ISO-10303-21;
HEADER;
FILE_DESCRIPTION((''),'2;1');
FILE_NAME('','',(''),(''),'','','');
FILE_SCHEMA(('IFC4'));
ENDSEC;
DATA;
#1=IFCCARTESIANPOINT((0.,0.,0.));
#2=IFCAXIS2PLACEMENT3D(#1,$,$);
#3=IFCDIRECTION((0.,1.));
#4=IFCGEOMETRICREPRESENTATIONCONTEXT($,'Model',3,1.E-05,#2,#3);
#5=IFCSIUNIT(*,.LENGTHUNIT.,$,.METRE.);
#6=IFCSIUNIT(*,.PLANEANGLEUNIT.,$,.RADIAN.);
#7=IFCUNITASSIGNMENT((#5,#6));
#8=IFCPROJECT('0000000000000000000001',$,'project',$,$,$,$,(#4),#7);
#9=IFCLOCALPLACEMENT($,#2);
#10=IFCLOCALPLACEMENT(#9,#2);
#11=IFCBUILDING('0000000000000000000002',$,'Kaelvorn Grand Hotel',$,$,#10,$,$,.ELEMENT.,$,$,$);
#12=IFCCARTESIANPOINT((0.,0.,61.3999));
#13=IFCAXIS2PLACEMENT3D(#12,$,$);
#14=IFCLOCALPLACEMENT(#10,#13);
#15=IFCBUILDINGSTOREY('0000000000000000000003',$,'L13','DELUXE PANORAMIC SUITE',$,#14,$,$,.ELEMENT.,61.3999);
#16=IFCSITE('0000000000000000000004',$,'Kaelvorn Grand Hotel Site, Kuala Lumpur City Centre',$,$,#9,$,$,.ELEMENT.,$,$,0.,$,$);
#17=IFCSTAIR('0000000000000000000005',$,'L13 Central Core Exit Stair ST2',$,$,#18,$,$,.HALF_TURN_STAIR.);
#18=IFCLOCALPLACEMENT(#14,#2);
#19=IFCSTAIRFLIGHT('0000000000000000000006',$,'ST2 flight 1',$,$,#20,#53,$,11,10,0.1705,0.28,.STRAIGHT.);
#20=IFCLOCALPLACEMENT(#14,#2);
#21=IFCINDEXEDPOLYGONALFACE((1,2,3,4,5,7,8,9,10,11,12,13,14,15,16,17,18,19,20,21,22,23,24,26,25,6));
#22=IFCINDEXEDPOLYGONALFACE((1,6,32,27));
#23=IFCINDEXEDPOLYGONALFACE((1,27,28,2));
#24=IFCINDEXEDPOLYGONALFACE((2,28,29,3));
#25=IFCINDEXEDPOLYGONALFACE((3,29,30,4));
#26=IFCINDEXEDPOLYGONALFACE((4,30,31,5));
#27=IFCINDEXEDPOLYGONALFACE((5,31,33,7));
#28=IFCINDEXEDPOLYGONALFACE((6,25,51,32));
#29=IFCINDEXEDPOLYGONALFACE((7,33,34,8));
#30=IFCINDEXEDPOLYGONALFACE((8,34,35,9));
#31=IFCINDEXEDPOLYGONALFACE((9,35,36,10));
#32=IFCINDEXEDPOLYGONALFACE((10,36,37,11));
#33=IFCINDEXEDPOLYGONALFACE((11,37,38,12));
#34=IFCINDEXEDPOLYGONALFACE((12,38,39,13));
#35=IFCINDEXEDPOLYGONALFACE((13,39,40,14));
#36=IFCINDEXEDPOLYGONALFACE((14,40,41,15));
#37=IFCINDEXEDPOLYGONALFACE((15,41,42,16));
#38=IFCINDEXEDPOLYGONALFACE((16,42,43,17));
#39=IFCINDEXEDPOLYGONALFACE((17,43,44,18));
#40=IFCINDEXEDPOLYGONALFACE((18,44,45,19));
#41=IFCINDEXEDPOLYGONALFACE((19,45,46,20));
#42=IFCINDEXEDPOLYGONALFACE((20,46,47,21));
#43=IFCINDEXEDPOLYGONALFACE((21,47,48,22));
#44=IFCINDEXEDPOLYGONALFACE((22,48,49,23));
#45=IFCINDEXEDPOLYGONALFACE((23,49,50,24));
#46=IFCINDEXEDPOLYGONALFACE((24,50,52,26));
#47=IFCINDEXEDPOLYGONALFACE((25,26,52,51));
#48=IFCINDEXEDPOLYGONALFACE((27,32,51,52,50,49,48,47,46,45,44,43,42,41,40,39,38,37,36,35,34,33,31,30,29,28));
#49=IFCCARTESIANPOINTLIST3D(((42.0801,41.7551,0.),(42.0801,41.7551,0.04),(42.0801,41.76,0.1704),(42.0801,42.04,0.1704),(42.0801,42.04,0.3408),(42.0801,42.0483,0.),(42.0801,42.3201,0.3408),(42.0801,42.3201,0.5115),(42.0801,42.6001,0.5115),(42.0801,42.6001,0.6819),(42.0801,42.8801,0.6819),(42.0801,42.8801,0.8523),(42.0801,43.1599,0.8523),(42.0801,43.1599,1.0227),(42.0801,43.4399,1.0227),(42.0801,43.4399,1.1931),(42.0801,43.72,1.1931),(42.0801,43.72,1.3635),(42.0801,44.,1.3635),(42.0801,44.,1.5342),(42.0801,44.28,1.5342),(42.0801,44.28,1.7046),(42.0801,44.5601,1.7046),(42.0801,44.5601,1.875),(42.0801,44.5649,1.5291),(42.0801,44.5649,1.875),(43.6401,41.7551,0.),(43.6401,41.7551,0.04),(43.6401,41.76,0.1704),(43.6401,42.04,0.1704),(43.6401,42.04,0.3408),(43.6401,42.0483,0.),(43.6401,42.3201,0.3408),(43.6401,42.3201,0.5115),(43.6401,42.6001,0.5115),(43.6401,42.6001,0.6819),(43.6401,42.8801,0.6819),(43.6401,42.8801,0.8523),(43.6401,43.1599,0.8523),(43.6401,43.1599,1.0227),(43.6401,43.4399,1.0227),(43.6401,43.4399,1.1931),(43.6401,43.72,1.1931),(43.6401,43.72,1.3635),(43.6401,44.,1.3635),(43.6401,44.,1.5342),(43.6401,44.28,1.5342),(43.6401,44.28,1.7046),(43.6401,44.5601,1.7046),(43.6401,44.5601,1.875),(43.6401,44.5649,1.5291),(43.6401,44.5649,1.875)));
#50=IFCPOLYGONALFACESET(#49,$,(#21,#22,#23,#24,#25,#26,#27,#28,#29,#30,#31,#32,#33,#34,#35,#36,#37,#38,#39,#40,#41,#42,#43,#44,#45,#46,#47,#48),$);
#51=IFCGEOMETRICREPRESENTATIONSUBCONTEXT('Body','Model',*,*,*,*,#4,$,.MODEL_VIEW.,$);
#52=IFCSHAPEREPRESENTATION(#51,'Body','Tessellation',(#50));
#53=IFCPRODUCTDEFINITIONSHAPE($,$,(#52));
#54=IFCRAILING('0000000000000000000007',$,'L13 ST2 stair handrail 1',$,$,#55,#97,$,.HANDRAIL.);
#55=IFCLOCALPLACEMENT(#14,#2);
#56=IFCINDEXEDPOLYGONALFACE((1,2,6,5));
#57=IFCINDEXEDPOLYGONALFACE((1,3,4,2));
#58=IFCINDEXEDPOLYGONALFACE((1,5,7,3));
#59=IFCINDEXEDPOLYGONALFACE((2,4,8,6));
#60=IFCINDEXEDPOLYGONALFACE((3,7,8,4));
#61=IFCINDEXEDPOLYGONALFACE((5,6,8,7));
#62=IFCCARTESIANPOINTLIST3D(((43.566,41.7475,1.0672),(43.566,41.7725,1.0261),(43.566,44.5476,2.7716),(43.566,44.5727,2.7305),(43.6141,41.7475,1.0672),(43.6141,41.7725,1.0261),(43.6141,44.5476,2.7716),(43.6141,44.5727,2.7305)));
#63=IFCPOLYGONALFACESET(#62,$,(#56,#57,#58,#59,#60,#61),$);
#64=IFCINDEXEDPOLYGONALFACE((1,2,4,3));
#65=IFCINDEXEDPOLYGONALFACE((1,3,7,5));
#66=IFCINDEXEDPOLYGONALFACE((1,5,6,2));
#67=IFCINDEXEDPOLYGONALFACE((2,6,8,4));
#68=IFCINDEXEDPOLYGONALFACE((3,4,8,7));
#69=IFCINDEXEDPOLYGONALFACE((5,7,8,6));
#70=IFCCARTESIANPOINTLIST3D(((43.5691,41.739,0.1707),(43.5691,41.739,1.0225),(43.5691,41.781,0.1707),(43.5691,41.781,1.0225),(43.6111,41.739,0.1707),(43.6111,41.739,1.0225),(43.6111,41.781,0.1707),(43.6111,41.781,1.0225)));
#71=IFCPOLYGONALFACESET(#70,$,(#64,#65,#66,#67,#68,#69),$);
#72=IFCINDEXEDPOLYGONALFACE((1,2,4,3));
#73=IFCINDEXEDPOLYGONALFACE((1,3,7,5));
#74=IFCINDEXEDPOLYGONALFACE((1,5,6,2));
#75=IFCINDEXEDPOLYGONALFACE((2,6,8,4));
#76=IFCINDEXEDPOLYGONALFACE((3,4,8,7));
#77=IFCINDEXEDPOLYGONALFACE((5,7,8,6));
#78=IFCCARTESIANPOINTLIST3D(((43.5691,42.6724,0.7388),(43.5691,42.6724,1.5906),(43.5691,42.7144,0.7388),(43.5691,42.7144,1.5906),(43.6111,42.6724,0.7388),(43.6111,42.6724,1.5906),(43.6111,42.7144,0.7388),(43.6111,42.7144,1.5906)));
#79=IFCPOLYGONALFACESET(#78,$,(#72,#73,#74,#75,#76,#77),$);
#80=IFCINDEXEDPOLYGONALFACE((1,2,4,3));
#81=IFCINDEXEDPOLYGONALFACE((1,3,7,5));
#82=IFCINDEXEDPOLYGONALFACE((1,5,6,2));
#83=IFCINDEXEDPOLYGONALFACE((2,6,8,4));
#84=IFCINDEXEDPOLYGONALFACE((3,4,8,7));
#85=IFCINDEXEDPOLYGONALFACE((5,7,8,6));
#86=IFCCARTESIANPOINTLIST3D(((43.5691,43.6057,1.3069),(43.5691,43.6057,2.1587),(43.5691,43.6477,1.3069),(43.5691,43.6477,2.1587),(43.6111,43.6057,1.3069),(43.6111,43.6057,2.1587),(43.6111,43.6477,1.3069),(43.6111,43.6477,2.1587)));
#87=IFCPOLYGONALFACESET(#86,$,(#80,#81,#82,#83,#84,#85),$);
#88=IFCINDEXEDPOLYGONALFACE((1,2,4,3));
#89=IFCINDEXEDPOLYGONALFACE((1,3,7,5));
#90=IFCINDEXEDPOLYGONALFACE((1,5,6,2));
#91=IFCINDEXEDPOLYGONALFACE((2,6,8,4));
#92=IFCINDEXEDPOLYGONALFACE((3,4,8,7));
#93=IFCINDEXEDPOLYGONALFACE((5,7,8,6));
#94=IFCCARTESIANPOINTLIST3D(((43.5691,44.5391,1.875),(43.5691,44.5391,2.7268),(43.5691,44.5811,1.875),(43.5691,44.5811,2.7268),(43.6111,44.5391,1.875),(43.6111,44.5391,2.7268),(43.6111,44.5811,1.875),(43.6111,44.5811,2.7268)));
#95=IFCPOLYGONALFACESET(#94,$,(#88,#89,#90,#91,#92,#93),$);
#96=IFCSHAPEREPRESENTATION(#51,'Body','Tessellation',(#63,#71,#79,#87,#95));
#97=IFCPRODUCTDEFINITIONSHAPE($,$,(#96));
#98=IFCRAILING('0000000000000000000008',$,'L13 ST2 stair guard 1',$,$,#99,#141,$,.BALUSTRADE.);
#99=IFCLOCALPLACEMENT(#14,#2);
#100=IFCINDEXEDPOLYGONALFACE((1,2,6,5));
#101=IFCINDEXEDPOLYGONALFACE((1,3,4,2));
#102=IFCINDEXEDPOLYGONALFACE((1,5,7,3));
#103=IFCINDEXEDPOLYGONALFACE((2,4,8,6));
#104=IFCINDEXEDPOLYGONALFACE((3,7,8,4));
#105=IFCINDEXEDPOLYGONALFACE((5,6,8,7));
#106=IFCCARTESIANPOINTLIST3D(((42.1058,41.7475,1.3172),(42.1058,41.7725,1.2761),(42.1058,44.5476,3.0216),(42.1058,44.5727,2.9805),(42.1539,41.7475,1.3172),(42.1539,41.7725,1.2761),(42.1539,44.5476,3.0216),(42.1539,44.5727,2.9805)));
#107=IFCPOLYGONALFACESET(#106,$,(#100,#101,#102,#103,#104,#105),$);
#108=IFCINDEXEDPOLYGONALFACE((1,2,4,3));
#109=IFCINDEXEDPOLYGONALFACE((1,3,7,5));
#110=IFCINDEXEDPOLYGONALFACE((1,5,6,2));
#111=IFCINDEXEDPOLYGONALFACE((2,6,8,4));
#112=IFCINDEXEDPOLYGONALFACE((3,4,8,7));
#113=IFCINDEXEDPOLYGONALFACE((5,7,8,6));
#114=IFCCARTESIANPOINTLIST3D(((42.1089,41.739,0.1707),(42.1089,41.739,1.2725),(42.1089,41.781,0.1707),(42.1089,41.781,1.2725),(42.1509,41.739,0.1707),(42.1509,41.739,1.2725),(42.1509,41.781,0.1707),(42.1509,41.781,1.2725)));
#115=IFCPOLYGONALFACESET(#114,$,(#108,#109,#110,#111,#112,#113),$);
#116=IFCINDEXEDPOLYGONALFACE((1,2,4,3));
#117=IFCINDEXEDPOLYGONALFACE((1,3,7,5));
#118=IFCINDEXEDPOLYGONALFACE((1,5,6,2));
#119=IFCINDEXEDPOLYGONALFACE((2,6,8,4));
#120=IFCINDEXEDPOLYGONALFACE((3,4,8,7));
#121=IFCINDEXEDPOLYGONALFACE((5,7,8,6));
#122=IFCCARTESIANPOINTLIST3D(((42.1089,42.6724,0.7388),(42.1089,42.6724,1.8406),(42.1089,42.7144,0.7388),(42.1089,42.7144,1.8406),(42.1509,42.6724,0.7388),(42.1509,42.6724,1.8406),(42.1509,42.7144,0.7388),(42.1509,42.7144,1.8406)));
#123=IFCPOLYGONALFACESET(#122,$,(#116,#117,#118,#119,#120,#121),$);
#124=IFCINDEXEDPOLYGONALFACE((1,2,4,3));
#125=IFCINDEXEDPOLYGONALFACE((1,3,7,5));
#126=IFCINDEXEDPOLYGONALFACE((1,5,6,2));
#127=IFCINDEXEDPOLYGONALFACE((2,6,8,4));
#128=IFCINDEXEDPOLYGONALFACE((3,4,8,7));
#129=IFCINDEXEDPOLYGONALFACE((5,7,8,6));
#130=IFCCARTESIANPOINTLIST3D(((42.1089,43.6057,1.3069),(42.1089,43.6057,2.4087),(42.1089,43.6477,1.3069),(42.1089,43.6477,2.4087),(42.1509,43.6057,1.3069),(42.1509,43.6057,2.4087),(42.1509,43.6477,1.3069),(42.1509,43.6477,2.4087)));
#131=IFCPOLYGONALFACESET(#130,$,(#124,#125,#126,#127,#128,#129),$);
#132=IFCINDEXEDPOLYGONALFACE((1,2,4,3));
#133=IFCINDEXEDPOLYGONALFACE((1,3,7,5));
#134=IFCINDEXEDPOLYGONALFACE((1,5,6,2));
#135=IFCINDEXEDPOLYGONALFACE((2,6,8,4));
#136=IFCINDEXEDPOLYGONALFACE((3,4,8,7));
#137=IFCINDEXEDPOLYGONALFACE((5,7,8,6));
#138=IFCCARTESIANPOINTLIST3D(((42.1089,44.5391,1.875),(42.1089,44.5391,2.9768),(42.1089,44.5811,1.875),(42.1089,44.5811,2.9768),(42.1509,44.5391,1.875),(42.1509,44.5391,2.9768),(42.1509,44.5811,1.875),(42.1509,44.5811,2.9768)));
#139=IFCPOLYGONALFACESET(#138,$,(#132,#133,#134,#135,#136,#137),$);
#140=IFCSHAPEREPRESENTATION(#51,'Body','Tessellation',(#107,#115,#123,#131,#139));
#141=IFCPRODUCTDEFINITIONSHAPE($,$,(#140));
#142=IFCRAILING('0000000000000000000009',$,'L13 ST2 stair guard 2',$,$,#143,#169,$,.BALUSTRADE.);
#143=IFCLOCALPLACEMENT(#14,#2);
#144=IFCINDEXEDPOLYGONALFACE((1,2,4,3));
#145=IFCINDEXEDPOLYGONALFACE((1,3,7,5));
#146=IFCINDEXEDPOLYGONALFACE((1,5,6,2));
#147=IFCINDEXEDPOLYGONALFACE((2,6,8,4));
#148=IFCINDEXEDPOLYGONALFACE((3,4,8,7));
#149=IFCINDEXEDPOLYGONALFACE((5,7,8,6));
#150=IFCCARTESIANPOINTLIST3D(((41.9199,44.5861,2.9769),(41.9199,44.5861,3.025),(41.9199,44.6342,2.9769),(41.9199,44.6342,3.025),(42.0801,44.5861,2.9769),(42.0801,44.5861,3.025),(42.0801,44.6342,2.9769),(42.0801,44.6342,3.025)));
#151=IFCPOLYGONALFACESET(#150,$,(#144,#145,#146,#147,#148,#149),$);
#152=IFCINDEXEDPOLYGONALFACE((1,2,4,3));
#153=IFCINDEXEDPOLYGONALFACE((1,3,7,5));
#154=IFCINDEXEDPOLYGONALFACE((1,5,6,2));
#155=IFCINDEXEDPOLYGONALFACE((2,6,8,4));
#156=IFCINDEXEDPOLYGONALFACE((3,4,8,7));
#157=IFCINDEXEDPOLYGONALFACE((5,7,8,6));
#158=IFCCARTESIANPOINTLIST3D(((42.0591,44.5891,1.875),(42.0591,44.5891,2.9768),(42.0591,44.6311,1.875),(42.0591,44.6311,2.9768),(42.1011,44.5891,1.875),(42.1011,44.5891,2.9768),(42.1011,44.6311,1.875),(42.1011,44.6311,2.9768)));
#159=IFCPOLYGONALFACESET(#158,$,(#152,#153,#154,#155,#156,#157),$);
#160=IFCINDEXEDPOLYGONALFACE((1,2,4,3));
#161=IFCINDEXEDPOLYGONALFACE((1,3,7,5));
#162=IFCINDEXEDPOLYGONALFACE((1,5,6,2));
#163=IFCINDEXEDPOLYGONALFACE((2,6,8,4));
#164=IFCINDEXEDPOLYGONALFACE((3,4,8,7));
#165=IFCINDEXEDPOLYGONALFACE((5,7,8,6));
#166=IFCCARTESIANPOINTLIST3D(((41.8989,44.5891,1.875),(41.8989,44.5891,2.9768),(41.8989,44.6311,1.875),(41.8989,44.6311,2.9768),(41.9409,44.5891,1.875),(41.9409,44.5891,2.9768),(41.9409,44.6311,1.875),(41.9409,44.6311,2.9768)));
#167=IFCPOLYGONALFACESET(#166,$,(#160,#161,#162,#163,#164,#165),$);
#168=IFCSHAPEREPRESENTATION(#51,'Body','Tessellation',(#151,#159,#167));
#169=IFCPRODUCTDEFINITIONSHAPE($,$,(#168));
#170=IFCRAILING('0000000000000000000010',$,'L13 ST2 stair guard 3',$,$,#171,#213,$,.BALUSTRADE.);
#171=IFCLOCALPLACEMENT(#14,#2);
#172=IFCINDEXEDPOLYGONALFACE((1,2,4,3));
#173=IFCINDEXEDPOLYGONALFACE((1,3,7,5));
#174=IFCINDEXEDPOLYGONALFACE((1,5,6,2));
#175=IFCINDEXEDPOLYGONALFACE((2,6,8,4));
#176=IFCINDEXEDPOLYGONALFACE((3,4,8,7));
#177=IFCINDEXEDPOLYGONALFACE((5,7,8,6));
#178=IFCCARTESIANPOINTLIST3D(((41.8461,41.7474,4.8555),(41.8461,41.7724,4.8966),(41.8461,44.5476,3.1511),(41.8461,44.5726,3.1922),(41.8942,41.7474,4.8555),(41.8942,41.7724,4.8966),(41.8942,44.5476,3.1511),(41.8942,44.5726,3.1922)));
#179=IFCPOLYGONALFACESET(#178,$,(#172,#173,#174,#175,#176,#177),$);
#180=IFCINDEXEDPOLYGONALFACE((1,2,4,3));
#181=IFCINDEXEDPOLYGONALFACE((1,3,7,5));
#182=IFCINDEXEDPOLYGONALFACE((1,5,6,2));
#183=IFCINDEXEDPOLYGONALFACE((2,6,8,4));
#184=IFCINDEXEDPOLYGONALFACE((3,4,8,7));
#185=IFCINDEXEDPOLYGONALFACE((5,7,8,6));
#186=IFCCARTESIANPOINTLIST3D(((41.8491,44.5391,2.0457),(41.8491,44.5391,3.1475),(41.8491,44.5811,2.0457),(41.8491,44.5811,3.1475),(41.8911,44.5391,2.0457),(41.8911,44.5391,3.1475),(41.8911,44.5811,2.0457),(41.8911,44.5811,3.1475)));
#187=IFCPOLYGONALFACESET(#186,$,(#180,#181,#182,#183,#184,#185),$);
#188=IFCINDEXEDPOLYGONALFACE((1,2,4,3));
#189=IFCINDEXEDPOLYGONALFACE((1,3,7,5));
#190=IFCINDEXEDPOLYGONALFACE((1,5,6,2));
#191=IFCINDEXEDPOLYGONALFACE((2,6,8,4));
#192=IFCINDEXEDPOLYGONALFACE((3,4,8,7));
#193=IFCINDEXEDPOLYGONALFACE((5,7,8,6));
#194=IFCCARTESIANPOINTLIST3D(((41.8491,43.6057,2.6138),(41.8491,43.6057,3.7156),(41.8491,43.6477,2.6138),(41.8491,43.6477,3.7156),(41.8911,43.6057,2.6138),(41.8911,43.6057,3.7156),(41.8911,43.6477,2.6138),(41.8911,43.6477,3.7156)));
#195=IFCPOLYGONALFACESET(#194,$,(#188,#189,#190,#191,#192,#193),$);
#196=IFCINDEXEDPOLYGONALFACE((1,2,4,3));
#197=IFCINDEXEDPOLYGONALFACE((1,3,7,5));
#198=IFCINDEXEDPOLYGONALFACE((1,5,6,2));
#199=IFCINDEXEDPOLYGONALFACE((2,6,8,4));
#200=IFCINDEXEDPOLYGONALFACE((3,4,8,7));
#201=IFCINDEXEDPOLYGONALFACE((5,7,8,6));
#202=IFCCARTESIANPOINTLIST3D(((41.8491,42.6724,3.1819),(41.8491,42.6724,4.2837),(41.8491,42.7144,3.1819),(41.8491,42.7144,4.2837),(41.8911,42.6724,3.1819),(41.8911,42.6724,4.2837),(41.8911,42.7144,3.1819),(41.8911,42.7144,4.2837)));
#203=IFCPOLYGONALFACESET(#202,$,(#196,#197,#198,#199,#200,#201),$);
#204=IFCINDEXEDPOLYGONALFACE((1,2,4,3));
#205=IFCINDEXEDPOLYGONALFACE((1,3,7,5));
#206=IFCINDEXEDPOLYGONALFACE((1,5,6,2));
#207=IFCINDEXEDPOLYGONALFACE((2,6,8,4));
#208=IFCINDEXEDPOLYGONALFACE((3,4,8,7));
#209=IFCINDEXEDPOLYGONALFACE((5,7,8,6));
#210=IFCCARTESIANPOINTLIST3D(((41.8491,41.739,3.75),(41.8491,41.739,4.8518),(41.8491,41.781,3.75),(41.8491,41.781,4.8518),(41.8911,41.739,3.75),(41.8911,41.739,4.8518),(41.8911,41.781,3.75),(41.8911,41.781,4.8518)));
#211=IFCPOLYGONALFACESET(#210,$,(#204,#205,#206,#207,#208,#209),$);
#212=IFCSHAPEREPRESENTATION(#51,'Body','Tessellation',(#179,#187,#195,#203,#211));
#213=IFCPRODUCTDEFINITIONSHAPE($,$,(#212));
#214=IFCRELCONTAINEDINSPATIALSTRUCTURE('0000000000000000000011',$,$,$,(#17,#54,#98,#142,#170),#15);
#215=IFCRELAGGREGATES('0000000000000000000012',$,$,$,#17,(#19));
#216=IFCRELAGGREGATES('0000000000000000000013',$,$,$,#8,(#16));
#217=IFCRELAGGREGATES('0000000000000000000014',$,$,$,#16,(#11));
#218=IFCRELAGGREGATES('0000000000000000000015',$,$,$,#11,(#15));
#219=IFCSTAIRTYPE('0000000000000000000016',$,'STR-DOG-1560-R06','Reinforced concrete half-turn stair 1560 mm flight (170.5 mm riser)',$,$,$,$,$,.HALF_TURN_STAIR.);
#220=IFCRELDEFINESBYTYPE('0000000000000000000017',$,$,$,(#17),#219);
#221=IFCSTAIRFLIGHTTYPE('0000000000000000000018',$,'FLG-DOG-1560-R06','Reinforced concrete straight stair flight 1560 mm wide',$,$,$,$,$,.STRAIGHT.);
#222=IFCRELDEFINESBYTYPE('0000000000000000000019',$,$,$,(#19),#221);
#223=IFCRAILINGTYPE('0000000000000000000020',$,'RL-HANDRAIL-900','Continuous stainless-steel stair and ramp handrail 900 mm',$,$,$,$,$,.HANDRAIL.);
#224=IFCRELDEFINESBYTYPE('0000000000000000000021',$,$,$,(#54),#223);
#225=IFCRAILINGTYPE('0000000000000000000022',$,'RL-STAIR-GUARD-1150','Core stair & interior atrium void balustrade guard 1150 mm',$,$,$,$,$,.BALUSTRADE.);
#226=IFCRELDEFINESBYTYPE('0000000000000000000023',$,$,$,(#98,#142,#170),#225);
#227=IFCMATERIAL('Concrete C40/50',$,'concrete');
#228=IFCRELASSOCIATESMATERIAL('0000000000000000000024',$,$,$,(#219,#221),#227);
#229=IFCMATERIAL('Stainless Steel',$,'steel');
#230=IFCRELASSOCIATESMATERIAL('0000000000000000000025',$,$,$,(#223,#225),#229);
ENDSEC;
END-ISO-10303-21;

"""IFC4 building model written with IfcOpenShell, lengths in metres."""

from ifc_helpers import new_model, si_unit, direction, frame, origin, origin_2d, place, context, subcontext, project, spatial, polyline, rectangle, outline, extrude, material, type_object, element, aggregate, save


model = new_model("IFC4")

# Units and contexts
model_context = context("Model", 3, precision=1e-05, world=origin(), true_north=direction((0.0, 1.0)))
body_context = subcontext(model_context, "Body", "Model", "MODEL_VIEW")
ifc_project = project(units=[si_unit("LENGTHUNIT", "METRE"), si_unit("PLANEANGLEUNIT", "RADIAN")], contexts=[model_context])

# Site, building, storey
site_placement = place(None, origin())
site = spatial("IfcSite", under=ifc_project, at=site_placement, Name="Kaelvorn Grand Hotel Site, Kuala Lumpur City Centre", CompositionType="ELEMENT", RefElevation=0.0)
building_placement = place(site_placement, origin())
building = spatial("IfcBuilding", under=site, at=building_placement, Name="Kaelvorn Grand Hotel", CompositionType="ELEMENT")
storey_placement = place(building_placement, frame((0.0, 0.0, 61.3999)))
storey = spatial("IfcBuildingStorey", under=building, at=storey_placement, Name="L13", Description="DELUXE PANORAMIC SUITE", CompositionType="ELEMENT", Elevation=61.3999)

# Shared definitions
ifc_material_1 = material(Name="Concrete C40/50", Category="concrete")

# Shared definitions
ifc_material_2 = material(Name="Stainless Steel", Category="steel")

# Stair, stair flight
stair_type = type_object("IfcStairType", Name="STR-DOG-1560-R06", Description="Reinforced concrete half-turn stair 1560 mm flight (170.5 mm riser)", PredefinedType="HALF_TURN_STAIR", material=ifc_material_1)
stair_placement = place(storey_placement, origin())
stair = element("IfcStair", 1, at=stair_placement, inside=storey, type_object=stair_type, Name="L13 Central Core Exit Stair ST2", PredefinedType="HALF_TURN_STAIR")
stair_flight_type = type_object("IfcStairFlightType", Name="FLG-DOG-1560-R06", Description="Reinforced concrete straight stair flight 1560 mm wide", PredefinedType="STRAIGHT", material=ifc_material_1)
stair_flight_placement = place(storey_placement, frame((42.8601, 41.76, 0.0), z_axis=(0.0, 0.0, 1.0), x_axis=(0.0, 1.0, 0.0)))
stair_flight = element("IfcStairFlight", 2, at=stair_flight_placement, type_object=stair_flight_type, Name="ST2 flight 1", NumberOfRisers=11, NumberOfTreads=10, PredefinedType="STRAIGHT", RiserHeight=0.1705, TreadLength=0.28, context=body_context, shape_type="SweptSolid", body=[
    extrude(outline(polyline([(-0.0049, 0.0), (-0.0049, 0.04), (0.0, 0.1704), (0.28, 0.1704), (0.28, 0.3408), (0.5601, 0.3408), (0.5601, 0.5115), (0.8401, 0.5115), (0.8401, 0.6819), (1.1201, 0.6819), (1.1201, 0.8523), (1.3999, 0.8523), (1.3999, 1.0227), (1.6799, 1.0227), (1.6799, 1.1931), (1.96, 1.1931), (1.96, 1.3635), (2.24, 1.3635), (2.24, 1.5342), (2.52, 1.5342), (2.52, 1.7046), (2.8, 1.7046), (2.8, 1.875), (2.8049, 1.875), (2.8049, 1.5291), (0.2883, 0.0), (-0.0049, 0.0)])), frame((0.0, 0.78, 0.0), z_axis=(0.0, -1.0, 0.0), x_axis=(1.0, 0.0, 0.0)), (0.0, 0.0, 1.0), 1.5601),
])
aggregate(stair, [stair_flight])

# Railings
railing_type_1 = type_object("IfcRailingType", Name="RL-HANDRAIL-900", Description="Continuous stainless-steel stair and ramp handrail 900 mm", PredefinedType="HANDRAIL", material=ifc_material_2)
railing_1_placement = place(storey_placement, frame((43.5901, 41.76, 0.1707)))
element("IfcRailing", 3, at=railing_1_placement, inside=storey, type_object=railing_type_1, Name="L13 ST2 stair handrail 1", PredefinedType="HANDRAIL", context=body_context, shape_type="SweptSolid", body=[
    extrude(rectangle(XDim=0.0481, YDim=0.0481, at=origin_2d()), frame((0.0, 0.0, 0.876), z_axis=(0.0, 0.854203, 0.51994), x_axis=(-1.0, 0.0, 0.0)), (0.0, 0.0, 1.0), 3.2781),
    extrude(rectangle(XDim=0.042, YDim=0.042, at=origin_2d()), origin(), (0.0, 0.0, 1.0), 0.8518),
    extrude(rectangle(XDim=0.042, YDim=0.042, at=origin_2d()), frame((0.0, 0.9333, 0.5681)), (0.0, 0.0, 1.0), 0.8518),
    extrude(rectangle(XDim=0.042, YDim=0.042, at=origin_2d()), frame((0.0, 1.8667, 1.1362)), (0.0, 0.0, 1.0), 0.8518),
    extrude(rectangle(XDim=0.042, YDim=0.042, at=origin_2d()), frame((0.0, 2.8, 1.7043)), (0.0, 0.0, 1.0), 0.8518),
])
railing_type_2 = type_object("IfcRailingType", Name="RL-STAIR-GUARD-1150", Description="Core stair & interior atrium void balustrade guard 1150 mm", PredefinedType="BALUSTRADE", material=ifc_material_2)
railing_2_placement = place(storey_placement, frame((42.1299, 41.76, 0.1707)))
element("IfcRailing", 4, at=railing_2_placement, inside=storey, type_object=railing_type_2, Name="L13 ST2 stair guard 1", PredefinedType="BALUSTRADE", context=body_context, shape_type="SweptSolid", body=[
    extrude(rectangle(XDim=0.0481, YDim=0.0481, at=origin_2d()), frame((0.0, 0.0, 1.126), z_axis=(0.0, 0.854203, 0.51994), x_axis=(-1.0, 0.0, 0.0)), (0.0, 0.0, 1.0), 3.2781),
    extrude(rectangle(XDim=0.042, YDim=0.042, at=origin_2d()), origin(), (0.0, 0.0, 1.0), 1.1018),
    extrude(rectangle(XDim=0.042, YDim=0.042, at=origin_2d()), frame((0.0, 0.9333, 0.5681)), (0.0, 0.0, 1.0), 1.1018),
    extrude(rectangle(XDim=0.042, YDim=0.042, at=origin_2d()), frame((0.0, 1.8667, 1.1362)), (0.0, 0.0, 1.0), 1.1018),
    extrude(rectangle(XDim=0.042, YDim=0.042, at=origin_2d()), frame((0.0, 2.8, 1.7043)), (0.0, 0.0, 1.0), 1.1018),
])
railing_3_placement = place(storey_placement, frame((42.0801, 44.6101, 1.875)))
element("IfcRailing", 5, at=railing_3_placement, inside=storey, type_object=railing_type_2, Name="L13 ST2 stair guard 2", PredefinedType="BALUSTRADE", context=body_context, shape_type="SweptSolid", body=[
    extrude(rectangle(XDim=0.0481, YDim=0.0481, at=origin_2d()), frame((0.0, 0.0, 1.126), z_axis=(-1.0, 0.0, 0.0), x_axis=(0.0, -1.0, 0.0)), (0.0, 0.0, 1.0), 0.1602),
    extrude(rectangle(XDim=0.042, YDim=0.042, at=origin_2d()), origin(), (0.0, 0.0, 1.0), 1.1018),
    extrude(rectangle(XDim=0.042, YDim=0.042, at=origin_2d()), frame((-0.1602, 0.0, 0.0)), (0.0, 0.0, 1.0), 1.1018),
])
railing_4_placement = place(storey_placement, frame((41.8701, 44.5601, 2.0457)))
element("IfcRailing", 6, at=railing_4_placement, inside=storey, type_object=railing_type_2, Name="L13 ST2 stair guard 3", PredefinedType="BALUSTRADE", context=body_context, shape_type="SweptSolid", body=[
    extrude(rectangle(XDim=0.0481, YDim=0.0481, at=origin_2d()), frame((0.0, 0.0, 1.126), z_axis=(0.0, -0.854203, 0.51994), x_axis=(1.0, 0.0, 0.0)), (0.0, 0.0, 1.0), 3.2781),
    extrude(rectangle(XDim=0.042, YDim=0.042, at=origin_2d()), origin(), (0.0, 0.0, 1.0), 1.1018),
    extrude(rectangle(XDim=0.042, YDim=0.042, at=origin_2d()), frame((0.0, -0.9333, 0.5681)), (0.0, 0.0, 1.0), 1.1018),
    extrude(rectangle(XDim=0.042, YDim=0.042, at=origin_2d()), frame((0.0, -1.8667, 1.1362)), (0.0, 0.0, 1.0), 1.1018),
    extrude(rectangle(XDim=0.042, YDim=0.042, at=origin_2d()), frame((0.0, -2.8, 1.7043)), (0.0, 0.0, 1.0), 1.1018),
])

save(model, "model.ifc")
